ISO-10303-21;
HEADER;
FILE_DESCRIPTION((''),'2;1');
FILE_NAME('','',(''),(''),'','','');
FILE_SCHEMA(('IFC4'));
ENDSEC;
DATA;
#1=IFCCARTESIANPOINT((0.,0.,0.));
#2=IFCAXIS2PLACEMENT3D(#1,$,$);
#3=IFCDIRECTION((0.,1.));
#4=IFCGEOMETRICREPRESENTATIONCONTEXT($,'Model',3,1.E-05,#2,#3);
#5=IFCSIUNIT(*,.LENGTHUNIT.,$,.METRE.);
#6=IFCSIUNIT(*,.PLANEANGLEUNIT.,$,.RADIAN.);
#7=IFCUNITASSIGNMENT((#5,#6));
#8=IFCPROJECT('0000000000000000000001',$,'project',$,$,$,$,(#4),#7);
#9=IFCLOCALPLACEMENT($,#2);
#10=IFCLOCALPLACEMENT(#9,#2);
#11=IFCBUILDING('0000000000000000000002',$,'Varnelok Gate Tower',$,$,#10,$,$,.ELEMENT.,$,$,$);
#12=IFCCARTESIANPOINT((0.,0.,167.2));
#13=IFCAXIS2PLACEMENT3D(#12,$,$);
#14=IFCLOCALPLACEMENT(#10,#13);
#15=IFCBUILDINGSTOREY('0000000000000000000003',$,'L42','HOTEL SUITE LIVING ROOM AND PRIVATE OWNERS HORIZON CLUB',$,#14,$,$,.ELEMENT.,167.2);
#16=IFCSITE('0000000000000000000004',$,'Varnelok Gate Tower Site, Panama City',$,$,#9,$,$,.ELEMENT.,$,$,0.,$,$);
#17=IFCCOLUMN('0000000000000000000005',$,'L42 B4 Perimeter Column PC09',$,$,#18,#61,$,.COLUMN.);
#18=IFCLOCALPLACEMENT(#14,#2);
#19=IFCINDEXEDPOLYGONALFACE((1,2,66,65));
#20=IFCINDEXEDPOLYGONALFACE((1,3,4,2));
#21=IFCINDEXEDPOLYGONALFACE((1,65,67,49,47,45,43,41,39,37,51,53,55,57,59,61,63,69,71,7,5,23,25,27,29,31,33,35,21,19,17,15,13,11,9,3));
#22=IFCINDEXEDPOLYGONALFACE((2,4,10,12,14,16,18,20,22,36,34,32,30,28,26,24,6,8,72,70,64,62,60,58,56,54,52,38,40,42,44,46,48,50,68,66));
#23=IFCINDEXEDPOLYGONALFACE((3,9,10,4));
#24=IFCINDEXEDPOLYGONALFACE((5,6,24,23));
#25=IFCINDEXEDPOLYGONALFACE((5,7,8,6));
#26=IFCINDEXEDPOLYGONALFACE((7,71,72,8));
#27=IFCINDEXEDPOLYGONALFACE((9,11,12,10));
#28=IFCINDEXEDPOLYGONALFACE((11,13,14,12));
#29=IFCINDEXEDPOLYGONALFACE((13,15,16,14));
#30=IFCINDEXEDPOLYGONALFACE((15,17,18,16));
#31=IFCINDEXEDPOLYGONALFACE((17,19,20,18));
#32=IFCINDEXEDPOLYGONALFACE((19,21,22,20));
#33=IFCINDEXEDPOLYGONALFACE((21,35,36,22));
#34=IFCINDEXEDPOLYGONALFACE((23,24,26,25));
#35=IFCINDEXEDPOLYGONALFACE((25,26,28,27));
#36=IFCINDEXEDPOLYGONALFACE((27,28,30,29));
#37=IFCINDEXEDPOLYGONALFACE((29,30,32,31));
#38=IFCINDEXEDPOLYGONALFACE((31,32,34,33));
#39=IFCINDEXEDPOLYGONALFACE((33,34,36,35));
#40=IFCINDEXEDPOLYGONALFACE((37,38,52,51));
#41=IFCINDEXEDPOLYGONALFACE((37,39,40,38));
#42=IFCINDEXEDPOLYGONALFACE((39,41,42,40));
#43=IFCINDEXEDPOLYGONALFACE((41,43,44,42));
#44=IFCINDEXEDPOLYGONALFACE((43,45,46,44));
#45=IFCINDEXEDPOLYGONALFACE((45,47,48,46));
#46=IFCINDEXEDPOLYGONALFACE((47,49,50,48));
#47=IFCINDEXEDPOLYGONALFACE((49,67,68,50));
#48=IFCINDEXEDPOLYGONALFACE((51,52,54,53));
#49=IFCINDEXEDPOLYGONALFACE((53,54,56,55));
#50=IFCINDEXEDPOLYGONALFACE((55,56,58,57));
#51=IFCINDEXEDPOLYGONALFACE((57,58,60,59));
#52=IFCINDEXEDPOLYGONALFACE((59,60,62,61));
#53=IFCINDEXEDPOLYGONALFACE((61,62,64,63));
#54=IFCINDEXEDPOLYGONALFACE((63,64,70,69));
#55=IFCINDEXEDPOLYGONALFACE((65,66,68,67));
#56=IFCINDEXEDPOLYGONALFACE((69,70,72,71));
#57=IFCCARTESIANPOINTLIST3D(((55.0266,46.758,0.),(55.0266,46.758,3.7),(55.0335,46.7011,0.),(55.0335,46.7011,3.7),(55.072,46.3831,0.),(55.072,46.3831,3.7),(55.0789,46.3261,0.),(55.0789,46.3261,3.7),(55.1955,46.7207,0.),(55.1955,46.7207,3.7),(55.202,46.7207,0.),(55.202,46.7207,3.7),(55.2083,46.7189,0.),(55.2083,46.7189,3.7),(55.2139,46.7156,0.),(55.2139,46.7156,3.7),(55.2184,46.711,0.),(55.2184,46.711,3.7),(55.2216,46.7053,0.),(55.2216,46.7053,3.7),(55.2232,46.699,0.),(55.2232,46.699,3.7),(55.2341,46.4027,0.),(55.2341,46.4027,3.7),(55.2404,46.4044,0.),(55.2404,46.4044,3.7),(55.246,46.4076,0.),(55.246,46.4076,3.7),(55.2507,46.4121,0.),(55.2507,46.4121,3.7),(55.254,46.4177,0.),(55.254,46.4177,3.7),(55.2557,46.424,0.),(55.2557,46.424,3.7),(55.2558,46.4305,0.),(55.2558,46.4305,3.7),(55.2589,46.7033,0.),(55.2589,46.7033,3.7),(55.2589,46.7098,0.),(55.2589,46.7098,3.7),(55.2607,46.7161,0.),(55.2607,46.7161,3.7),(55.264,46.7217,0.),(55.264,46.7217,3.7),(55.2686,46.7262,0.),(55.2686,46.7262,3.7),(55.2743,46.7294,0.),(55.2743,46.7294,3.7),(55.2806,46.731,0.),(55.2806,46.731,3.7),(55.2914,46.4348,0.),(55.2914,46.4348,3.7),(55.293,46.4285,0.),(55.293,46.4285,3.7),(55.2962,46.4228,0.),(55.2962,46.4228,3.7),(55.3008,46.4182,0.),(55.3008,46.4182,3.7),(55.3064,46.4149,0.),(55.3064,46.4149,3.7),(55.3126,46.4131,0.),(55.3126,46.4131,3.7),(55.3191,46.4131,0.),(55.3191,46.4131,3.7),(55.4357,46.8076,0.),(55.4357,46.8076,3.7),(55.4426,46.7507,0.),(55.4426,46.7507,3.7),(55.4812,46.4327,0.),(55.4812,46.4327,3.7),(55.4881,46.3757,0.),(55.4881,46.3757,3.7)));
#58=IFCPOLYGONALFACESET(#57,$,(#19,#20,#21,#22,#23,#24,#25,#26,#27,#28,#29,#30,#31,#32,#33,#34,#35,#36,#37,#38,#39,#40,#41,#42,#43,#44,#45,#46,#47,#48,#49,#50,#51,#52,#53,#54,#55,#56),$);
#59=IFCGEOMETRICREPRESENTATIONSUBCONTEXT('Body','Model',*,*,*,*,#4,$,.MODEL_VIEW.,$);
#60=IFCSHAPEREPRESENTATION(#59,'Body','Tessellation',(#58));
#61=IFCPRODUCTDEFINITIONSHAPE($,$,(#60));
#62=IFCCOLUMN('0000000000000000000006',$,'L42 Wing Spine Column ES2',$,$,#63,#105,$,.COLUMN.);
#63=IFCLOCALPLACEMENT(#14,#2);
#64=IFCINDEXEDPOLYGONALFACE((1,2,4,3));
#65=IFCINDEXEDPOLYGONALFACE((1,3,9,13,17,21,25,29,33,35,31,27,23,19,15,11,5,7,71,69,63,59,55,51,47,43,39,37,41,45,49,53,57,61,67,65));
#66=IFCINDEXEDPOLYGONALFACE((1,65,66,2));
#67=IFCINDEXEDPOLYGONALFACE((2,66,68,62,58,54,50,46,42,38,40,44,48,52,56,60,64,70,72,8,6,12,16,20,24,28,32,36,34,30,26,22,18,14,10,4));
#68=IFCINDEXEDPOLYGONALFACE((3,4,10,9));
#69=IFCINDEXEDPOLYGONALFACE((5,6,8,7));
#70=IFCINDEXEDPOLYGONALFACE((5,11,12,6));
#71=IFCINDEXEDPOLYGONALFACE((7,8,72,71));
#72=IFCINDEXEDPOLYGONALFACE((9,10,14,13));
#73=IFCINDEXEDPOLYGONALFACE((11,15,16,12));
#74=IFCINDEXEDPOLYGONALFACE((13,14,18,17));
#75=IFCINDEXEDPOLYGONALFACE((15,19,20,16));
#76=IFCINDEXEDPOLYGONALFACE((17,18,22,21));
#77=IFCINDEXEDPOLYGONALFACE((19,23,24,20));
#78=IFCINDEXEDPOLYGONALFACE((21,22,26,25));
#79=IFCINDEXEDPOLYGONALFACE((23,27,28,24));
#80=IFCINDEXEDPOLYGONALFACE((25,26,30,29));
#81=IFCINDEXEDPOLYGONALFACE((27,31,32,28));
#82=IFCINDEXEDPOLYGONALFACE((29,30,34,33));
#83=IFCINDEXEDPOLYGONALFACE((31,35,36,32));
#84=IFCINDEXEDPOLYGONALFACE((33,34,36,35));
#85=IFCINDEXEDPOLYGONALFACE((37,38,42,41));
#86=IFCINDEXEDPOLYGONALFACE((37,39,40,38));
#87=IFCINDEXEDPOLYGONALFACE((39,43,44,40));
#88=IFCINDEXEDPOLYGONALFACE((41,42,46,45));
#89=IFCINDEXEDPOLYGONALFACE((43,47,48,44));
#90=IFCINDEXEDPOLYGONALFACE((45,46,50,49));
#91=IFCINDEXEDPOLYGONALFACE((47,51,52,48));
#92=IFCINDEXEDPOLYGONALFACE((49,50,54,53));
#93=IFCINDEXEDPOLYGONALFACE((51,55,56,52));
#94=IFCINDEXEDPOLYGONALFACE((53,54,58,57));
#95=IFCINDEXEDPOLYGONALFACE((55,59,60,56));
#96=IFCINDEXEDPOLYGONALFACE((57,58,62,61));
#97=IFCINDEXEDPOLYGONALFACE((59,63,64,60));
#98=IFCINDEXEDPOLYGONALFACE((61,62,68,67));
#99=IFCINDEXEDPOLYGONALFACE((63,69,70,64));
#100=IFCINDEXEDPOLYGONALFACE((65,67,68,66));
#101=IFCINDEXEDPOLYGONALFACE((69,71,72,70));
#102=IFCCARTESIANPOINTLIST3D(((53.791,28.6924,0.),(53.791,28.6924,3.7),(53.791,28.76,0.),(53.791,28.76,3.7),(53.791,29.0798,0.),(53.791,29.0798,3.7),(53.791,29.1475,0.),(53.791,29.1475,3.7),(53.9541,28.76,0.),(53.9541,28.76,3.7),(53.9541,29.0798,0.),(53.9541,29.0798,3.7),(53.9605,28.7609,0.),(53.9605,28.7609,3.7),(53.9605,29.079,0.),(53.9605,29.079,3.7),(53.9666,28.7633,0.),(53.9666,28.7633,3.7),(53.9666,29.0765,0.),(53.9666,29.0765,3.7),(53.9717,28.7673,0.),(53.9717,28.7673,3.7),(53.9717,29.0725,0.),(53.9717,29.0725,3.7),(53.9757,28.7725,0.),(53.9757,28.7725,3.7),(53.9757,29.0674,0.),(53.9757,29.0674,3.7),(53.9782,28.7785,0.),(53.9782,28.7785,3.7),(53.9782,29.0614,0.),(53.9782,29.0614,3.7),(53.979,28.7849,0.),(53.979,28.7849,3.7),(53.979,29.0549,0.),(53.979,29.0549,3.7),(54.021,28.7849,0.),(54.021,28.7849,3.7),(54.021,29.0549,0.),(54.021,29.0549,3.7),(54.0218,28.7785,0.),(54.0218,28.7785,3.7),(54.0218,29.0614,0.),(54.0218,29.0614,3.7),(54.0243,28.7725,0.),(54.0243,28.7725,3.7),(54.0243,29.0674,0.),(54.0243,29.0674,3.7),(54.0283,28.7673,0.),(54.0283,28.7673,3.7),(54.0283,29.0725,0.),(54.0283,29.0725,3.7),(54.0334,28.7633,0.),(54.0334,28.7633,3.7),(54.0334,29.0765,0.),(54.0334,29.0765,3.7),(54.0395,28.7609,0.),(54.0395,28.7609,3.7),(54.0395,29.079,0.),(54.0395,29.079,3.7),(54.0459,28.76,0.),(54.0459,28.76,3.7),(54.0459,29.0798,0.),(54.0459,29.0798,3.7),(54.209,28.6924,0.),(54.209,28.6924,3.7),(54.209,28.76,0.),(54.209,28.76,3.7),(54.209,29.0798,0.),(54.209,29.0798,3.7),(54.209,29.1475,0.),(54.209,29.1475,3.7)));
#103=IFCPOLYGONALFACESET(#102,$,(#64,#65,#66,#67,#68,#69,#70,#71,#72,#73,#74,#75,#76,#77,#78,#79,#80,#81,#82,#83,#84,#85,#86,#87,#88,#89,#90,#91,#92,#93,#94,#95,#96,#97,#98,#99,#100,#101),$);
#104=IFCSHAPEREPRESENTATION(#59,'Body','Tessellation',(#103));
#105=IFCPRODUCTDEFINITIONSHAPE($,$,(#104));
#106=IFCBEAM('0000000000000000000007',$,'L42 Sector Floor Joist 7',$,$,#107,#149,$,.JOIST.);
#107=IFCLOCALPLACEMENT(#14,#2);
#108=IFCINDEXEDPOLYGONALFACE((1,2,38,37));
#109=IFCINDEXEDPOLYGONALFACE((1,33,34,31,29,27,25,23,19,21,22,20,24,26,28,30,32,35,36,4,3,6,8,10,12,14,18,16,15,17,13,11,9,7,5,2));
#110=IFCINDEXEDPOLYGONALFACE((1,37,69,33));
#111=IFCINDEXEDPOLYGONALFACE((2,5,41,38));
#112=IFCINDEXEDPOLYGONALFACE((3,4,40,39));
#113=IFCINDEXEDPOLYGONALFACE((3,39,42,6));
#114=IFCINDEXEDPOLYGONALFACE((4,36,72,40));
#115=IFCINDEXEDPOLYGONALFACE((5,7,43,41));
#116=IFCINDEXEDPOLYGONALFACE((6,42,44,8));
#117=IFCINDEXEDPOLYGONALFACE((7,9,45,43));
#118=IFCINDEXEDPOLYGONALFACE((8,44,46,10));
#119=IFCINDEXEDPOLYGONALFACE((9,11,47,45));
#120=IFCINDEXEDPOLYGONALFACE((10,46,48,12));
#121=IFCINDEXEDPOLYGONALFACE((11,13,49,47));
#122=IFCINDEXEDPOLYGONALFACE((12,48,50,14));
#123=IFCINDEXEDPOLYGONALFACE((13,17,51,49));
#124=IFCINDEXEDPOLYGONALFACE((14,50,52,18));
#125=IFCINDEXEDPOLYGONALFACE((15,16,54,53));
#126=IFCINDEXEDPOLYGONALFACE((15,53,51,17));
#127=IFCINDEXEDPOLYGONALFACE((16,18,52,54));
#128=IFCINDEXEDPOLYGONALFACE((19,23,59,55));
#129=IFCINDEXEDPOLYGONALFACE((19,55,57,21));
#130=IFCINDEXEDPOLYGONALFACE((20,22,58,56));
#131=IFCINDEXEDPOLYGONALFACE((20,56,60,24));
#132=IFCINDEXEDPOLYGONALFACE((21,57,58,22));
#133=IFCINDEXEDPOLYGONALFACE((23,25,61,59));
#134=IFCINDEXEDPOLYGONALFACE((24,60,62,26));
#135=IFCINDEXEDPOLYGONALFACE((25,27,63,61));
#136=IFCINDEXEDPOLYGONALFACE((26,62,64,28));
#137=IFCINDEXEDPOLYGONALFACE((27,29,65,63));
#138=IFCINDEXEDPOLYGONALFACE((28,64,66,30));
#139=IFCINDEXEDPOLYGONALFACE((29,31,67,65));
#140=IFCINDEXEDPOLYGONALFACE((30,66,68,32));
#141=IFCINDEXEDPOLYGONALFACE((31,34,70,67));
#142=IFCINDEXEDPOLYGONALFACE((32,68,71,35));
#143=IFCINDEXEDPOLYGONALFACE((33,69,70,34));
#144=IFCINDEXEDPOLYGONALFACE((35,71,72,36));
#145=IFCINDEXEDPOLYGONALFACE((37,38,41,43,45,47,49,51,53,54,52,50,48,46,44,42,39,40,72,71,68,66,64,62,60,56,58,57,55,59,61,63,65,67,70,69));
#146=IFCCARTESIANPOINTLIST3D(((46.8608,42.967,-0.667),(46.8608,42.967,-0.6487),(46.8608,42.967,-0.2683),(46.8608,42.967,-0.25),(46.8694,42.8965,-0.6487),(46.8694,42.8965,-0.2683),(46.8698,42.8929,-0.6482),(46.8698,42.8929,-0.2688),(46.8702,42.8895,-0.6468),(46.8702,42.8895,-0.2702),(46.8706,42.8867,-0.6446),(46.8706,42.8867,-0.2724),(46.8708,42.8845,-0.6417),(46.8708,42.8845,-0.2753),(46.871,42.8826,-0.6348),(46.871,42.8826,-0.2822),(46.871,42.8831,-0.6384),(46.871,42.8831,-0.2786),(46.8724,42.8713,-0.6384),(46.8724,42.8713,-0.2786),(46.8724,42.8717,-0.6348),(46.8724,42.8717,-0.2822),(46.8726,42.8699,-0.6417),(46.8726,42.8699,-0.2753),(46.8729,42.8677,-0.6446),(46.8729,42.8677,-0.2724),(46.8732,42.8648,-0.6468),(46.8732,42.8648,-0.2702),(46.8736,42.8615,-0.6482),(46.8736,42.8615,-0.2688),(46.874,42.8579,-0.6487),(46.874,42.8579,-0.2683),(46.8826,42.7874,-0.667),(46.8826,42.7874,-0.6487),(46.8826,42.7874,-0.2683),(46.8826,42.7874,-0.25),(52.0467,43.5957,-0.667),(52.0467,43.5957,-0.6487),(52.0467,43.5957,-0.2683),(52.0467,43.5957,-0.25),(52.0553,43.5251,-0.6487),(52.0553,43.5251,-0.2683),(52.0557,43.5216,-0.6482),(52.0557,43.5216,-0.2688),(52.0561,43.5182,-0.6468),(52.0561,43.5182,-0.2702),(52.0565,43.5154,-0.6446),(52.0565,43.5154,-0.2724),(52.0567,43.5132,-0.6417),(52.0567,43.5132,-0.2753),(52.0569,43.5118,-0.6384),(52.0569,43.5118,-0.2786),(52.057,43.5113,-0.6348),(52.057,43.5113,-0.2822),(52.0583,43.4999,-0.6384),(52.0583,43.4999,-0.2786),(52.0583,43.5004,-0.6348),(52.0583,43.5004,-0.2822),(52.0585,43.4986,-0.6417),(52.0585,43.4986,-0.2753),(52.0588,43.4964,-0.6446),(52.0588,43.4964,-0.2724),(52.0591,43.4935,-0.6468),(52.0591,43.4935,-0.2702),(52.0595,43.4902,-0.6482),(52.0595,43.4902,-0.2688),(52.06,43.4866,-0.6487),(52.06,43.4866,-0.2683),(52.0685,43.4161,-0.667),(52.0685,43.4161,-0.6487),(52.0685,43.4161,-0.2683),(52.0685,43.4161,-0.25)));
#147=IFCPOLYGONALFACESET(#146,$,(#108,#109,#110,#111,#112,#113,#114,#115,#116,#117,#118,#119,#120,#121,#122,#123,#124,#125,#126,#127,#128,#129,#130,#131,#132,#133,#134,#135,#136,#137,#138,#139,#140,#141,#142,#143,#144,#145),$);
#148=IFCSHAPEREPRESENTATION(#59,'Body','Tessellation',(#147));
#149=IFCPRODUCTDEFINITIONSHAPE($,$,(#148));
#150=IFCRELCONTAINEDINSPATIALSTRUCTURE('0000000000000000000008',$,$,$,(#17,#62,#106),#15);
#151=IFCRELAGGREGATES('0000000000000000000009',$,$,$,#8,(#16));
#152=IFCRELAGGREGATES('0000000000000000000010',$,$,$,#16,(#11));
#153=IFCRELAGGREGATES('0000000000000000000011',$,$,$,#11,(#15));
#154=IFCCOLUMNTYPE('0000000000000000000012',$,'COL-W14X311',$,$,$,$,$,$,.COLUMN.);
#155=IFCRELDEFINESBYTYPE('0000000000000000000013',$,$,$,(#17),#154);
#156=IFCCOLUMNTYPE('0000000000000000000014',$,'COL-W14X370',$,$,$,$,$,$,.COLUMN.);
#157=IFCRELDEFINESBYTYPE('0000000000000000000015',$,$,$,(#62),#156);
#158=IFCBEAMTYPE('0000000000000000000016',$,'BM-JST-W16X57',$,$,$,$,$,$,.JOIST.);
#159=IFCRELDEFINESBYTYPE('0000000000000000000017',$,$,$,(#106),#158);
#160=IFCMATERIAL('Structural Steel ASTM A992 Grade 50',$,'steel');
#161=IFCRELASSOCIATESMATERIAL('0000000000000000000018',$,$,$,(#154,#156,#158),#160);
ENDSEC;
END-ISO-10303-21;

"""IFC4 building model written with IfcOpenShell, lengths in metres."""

from ifc_helpers import new_model, si_unit, direction, frame, origin, origin_2d, place, context, subcontext, project, spatial, i_section, extrude, material, material_profile, profile_set, type_object, element, save


model = new_model("IFC4")

# Units and contexts
model_context = context("Model", 3, precision=1e-05, world=origin(), true_north=direction((0.0, 1.0)))
body_context = subcontext(model_context, "Body", "Model", "MODEL_VIEW")
ifc_project = project(units=[si_unit("LENGTHUNIT", "METRE"), si_unit("PLANEANGLEUNIT", "RADIAN")], contexts=[model_context])

# Site, building, storey
site_placement = place(None, origin())
site = spatial("IfcSite", under=ifc_project, at=site_placement, Name="Varnelok Gate Tower Site, Panama City", CompositionType="ELEMENT", RefElevation=0.0)
building_placement = place(site_placement, origin())
building = spatial("IfcBuilding", under=site, at=building_placement, Name="Varnelok Gate Tower", CompositionType="ELEMENT")
storey_placement = place(building_placement, frame((0.0, 0.0, 167.2)))
storey = spatial("IfcBuildingStorey", under=building, at=storey_placement, Name="L42", Description="HOTEL SUITE LIVING ROOM AND PRIVATE OWNERS HORIZON CLUB", CompositionType="ELEMENT", Elevation=167.2)

# Columns
ifc_material_1 = material(Name="Structural Steel ASTM A992 Grade 50", Category="steel")
ifc_material_profile_1 = material_profile(ifc_material_1, i_section(OverallWidth=0.4121, OverallDepth=0.4351, WebThickness=0.0359, FlangeThickness=0.0574, FilletRadius=0.0249, at=origin_2d()), Name="W14X311")
ifc_profile_set_1 = profile_set([ifc_material_profile_1], Name="Structural Steel ASTM A992 Grade 50")
column_type_1 = type_object("IfcColumnType", Name="COL-W14X311", PredefinedType="COLUMN", material=ifc_profile_set_1)
column_1_placement = place(storey_placement, frame((55.2573, 46.5669, 0.0), z_axis=(0.0, 0.0, 1.0), x_axis=(0.992732, 0.120345, 0.0)))
element("IfcColumn", 1, at=column_1_placement, inside=storey, type_object=column_type_1, Name="L42 B4 Perimeter Column PC09", PredefinedType="COLUMN", context=body_context, shape_type="SweptSolid", body=[
    extrude(i_section(OverallWidth=0.4121, OverallDepth=0.4351, WebThickness=0.0359, FlangeThickness=0.0574, FilletRadius=0.0249, at=origin_2d()), origin(), (0.0, 0.0, 1.0), 3.7),
])
ifc_material_profile_2 = material_profile(ifc_material_1, i_section(OverallWidth=0.418, OverallDepth=0.4551, WebThickness=0.042, FlangeThickness=0.0676, FilletRadius=0.0249, at=origin_2d()), Name="W14X370")
ifc_profile_set_2 = profile_set([ifc_material_profile_2], Name="Structural Steel ASTM A992 Grade 50")
column_type_2 = type_object("IfcColumnType", Name="COL-W14X370", PredefinedType="COLUMN", material=ifc_profile_set_2)
column_2_placement = place(storey_placement, frame((54.0, 28.9199, 0.0), z_axis=(0.0, 0.0, 1.0), x_axis=(1.0, 0.0, 0.0)))
element("IfcColumn", 2, at=column_2_placement, inside=storey, type_object=column_type_2, Name="L42 Wing Spine Column ES2", PredefinedType="COLUMN", context=body_context, shape_type="SweptSolid", body=[
    extrude(i_section(OverallWidth=0.418, OverallDepth=0.4551, WebThickness=0.042, FlangeThickness=0.0676, FilletRadius=0.0249, at=origin_2d()), origin(), (0.0, 0.0, 1.0), 3.7),
])

# Beam
ifc_material_profile_3 = material_profile(ifc_material_1, i_section(OverallWidth=0.1809, OverallDepth=0.417, WebThickness=0.011, FlangeThickness=0.0183, FilletRadius=0.0139, at=origin_2d()), Name="W16X57")
ifc_profile_set_3 = profile_set([ifc_material_profile_3], Name="Structural Steel ASTM A992 Grade 50")
beam_type_1 = type_object("IfcBeamType", Name="BM-JST-W16X57", PredefinedType="JOIST", material=ifc_profile_set_3)
beam_1_placement = place(storey_placement, frame((52.0576, 43.5059, -0.4585), z_axis=(-0.992732, -0.120347, 0.0), x_axis=(0.120347, -0.992732, 0.0)))
element("IfcBeam", 3, at=beam_1_placement, inside=storey, type_object=beam_type_1, Name="L42 Sector Floor Joist 7", PredefinedType="JOIST", context=body_context, shape_type="SweptSolid", body=[
    extrude(i_section(OverallWidth=0.1809, OverallDepth=0.417, WebThickness=0.011, FlangeThickness=0.0183, FilletRadius=0.0139, at=origin_2d()), origin(), (0.0, 0.0, 1.0), 5.2239),
])

save(model, "model.ifc")
